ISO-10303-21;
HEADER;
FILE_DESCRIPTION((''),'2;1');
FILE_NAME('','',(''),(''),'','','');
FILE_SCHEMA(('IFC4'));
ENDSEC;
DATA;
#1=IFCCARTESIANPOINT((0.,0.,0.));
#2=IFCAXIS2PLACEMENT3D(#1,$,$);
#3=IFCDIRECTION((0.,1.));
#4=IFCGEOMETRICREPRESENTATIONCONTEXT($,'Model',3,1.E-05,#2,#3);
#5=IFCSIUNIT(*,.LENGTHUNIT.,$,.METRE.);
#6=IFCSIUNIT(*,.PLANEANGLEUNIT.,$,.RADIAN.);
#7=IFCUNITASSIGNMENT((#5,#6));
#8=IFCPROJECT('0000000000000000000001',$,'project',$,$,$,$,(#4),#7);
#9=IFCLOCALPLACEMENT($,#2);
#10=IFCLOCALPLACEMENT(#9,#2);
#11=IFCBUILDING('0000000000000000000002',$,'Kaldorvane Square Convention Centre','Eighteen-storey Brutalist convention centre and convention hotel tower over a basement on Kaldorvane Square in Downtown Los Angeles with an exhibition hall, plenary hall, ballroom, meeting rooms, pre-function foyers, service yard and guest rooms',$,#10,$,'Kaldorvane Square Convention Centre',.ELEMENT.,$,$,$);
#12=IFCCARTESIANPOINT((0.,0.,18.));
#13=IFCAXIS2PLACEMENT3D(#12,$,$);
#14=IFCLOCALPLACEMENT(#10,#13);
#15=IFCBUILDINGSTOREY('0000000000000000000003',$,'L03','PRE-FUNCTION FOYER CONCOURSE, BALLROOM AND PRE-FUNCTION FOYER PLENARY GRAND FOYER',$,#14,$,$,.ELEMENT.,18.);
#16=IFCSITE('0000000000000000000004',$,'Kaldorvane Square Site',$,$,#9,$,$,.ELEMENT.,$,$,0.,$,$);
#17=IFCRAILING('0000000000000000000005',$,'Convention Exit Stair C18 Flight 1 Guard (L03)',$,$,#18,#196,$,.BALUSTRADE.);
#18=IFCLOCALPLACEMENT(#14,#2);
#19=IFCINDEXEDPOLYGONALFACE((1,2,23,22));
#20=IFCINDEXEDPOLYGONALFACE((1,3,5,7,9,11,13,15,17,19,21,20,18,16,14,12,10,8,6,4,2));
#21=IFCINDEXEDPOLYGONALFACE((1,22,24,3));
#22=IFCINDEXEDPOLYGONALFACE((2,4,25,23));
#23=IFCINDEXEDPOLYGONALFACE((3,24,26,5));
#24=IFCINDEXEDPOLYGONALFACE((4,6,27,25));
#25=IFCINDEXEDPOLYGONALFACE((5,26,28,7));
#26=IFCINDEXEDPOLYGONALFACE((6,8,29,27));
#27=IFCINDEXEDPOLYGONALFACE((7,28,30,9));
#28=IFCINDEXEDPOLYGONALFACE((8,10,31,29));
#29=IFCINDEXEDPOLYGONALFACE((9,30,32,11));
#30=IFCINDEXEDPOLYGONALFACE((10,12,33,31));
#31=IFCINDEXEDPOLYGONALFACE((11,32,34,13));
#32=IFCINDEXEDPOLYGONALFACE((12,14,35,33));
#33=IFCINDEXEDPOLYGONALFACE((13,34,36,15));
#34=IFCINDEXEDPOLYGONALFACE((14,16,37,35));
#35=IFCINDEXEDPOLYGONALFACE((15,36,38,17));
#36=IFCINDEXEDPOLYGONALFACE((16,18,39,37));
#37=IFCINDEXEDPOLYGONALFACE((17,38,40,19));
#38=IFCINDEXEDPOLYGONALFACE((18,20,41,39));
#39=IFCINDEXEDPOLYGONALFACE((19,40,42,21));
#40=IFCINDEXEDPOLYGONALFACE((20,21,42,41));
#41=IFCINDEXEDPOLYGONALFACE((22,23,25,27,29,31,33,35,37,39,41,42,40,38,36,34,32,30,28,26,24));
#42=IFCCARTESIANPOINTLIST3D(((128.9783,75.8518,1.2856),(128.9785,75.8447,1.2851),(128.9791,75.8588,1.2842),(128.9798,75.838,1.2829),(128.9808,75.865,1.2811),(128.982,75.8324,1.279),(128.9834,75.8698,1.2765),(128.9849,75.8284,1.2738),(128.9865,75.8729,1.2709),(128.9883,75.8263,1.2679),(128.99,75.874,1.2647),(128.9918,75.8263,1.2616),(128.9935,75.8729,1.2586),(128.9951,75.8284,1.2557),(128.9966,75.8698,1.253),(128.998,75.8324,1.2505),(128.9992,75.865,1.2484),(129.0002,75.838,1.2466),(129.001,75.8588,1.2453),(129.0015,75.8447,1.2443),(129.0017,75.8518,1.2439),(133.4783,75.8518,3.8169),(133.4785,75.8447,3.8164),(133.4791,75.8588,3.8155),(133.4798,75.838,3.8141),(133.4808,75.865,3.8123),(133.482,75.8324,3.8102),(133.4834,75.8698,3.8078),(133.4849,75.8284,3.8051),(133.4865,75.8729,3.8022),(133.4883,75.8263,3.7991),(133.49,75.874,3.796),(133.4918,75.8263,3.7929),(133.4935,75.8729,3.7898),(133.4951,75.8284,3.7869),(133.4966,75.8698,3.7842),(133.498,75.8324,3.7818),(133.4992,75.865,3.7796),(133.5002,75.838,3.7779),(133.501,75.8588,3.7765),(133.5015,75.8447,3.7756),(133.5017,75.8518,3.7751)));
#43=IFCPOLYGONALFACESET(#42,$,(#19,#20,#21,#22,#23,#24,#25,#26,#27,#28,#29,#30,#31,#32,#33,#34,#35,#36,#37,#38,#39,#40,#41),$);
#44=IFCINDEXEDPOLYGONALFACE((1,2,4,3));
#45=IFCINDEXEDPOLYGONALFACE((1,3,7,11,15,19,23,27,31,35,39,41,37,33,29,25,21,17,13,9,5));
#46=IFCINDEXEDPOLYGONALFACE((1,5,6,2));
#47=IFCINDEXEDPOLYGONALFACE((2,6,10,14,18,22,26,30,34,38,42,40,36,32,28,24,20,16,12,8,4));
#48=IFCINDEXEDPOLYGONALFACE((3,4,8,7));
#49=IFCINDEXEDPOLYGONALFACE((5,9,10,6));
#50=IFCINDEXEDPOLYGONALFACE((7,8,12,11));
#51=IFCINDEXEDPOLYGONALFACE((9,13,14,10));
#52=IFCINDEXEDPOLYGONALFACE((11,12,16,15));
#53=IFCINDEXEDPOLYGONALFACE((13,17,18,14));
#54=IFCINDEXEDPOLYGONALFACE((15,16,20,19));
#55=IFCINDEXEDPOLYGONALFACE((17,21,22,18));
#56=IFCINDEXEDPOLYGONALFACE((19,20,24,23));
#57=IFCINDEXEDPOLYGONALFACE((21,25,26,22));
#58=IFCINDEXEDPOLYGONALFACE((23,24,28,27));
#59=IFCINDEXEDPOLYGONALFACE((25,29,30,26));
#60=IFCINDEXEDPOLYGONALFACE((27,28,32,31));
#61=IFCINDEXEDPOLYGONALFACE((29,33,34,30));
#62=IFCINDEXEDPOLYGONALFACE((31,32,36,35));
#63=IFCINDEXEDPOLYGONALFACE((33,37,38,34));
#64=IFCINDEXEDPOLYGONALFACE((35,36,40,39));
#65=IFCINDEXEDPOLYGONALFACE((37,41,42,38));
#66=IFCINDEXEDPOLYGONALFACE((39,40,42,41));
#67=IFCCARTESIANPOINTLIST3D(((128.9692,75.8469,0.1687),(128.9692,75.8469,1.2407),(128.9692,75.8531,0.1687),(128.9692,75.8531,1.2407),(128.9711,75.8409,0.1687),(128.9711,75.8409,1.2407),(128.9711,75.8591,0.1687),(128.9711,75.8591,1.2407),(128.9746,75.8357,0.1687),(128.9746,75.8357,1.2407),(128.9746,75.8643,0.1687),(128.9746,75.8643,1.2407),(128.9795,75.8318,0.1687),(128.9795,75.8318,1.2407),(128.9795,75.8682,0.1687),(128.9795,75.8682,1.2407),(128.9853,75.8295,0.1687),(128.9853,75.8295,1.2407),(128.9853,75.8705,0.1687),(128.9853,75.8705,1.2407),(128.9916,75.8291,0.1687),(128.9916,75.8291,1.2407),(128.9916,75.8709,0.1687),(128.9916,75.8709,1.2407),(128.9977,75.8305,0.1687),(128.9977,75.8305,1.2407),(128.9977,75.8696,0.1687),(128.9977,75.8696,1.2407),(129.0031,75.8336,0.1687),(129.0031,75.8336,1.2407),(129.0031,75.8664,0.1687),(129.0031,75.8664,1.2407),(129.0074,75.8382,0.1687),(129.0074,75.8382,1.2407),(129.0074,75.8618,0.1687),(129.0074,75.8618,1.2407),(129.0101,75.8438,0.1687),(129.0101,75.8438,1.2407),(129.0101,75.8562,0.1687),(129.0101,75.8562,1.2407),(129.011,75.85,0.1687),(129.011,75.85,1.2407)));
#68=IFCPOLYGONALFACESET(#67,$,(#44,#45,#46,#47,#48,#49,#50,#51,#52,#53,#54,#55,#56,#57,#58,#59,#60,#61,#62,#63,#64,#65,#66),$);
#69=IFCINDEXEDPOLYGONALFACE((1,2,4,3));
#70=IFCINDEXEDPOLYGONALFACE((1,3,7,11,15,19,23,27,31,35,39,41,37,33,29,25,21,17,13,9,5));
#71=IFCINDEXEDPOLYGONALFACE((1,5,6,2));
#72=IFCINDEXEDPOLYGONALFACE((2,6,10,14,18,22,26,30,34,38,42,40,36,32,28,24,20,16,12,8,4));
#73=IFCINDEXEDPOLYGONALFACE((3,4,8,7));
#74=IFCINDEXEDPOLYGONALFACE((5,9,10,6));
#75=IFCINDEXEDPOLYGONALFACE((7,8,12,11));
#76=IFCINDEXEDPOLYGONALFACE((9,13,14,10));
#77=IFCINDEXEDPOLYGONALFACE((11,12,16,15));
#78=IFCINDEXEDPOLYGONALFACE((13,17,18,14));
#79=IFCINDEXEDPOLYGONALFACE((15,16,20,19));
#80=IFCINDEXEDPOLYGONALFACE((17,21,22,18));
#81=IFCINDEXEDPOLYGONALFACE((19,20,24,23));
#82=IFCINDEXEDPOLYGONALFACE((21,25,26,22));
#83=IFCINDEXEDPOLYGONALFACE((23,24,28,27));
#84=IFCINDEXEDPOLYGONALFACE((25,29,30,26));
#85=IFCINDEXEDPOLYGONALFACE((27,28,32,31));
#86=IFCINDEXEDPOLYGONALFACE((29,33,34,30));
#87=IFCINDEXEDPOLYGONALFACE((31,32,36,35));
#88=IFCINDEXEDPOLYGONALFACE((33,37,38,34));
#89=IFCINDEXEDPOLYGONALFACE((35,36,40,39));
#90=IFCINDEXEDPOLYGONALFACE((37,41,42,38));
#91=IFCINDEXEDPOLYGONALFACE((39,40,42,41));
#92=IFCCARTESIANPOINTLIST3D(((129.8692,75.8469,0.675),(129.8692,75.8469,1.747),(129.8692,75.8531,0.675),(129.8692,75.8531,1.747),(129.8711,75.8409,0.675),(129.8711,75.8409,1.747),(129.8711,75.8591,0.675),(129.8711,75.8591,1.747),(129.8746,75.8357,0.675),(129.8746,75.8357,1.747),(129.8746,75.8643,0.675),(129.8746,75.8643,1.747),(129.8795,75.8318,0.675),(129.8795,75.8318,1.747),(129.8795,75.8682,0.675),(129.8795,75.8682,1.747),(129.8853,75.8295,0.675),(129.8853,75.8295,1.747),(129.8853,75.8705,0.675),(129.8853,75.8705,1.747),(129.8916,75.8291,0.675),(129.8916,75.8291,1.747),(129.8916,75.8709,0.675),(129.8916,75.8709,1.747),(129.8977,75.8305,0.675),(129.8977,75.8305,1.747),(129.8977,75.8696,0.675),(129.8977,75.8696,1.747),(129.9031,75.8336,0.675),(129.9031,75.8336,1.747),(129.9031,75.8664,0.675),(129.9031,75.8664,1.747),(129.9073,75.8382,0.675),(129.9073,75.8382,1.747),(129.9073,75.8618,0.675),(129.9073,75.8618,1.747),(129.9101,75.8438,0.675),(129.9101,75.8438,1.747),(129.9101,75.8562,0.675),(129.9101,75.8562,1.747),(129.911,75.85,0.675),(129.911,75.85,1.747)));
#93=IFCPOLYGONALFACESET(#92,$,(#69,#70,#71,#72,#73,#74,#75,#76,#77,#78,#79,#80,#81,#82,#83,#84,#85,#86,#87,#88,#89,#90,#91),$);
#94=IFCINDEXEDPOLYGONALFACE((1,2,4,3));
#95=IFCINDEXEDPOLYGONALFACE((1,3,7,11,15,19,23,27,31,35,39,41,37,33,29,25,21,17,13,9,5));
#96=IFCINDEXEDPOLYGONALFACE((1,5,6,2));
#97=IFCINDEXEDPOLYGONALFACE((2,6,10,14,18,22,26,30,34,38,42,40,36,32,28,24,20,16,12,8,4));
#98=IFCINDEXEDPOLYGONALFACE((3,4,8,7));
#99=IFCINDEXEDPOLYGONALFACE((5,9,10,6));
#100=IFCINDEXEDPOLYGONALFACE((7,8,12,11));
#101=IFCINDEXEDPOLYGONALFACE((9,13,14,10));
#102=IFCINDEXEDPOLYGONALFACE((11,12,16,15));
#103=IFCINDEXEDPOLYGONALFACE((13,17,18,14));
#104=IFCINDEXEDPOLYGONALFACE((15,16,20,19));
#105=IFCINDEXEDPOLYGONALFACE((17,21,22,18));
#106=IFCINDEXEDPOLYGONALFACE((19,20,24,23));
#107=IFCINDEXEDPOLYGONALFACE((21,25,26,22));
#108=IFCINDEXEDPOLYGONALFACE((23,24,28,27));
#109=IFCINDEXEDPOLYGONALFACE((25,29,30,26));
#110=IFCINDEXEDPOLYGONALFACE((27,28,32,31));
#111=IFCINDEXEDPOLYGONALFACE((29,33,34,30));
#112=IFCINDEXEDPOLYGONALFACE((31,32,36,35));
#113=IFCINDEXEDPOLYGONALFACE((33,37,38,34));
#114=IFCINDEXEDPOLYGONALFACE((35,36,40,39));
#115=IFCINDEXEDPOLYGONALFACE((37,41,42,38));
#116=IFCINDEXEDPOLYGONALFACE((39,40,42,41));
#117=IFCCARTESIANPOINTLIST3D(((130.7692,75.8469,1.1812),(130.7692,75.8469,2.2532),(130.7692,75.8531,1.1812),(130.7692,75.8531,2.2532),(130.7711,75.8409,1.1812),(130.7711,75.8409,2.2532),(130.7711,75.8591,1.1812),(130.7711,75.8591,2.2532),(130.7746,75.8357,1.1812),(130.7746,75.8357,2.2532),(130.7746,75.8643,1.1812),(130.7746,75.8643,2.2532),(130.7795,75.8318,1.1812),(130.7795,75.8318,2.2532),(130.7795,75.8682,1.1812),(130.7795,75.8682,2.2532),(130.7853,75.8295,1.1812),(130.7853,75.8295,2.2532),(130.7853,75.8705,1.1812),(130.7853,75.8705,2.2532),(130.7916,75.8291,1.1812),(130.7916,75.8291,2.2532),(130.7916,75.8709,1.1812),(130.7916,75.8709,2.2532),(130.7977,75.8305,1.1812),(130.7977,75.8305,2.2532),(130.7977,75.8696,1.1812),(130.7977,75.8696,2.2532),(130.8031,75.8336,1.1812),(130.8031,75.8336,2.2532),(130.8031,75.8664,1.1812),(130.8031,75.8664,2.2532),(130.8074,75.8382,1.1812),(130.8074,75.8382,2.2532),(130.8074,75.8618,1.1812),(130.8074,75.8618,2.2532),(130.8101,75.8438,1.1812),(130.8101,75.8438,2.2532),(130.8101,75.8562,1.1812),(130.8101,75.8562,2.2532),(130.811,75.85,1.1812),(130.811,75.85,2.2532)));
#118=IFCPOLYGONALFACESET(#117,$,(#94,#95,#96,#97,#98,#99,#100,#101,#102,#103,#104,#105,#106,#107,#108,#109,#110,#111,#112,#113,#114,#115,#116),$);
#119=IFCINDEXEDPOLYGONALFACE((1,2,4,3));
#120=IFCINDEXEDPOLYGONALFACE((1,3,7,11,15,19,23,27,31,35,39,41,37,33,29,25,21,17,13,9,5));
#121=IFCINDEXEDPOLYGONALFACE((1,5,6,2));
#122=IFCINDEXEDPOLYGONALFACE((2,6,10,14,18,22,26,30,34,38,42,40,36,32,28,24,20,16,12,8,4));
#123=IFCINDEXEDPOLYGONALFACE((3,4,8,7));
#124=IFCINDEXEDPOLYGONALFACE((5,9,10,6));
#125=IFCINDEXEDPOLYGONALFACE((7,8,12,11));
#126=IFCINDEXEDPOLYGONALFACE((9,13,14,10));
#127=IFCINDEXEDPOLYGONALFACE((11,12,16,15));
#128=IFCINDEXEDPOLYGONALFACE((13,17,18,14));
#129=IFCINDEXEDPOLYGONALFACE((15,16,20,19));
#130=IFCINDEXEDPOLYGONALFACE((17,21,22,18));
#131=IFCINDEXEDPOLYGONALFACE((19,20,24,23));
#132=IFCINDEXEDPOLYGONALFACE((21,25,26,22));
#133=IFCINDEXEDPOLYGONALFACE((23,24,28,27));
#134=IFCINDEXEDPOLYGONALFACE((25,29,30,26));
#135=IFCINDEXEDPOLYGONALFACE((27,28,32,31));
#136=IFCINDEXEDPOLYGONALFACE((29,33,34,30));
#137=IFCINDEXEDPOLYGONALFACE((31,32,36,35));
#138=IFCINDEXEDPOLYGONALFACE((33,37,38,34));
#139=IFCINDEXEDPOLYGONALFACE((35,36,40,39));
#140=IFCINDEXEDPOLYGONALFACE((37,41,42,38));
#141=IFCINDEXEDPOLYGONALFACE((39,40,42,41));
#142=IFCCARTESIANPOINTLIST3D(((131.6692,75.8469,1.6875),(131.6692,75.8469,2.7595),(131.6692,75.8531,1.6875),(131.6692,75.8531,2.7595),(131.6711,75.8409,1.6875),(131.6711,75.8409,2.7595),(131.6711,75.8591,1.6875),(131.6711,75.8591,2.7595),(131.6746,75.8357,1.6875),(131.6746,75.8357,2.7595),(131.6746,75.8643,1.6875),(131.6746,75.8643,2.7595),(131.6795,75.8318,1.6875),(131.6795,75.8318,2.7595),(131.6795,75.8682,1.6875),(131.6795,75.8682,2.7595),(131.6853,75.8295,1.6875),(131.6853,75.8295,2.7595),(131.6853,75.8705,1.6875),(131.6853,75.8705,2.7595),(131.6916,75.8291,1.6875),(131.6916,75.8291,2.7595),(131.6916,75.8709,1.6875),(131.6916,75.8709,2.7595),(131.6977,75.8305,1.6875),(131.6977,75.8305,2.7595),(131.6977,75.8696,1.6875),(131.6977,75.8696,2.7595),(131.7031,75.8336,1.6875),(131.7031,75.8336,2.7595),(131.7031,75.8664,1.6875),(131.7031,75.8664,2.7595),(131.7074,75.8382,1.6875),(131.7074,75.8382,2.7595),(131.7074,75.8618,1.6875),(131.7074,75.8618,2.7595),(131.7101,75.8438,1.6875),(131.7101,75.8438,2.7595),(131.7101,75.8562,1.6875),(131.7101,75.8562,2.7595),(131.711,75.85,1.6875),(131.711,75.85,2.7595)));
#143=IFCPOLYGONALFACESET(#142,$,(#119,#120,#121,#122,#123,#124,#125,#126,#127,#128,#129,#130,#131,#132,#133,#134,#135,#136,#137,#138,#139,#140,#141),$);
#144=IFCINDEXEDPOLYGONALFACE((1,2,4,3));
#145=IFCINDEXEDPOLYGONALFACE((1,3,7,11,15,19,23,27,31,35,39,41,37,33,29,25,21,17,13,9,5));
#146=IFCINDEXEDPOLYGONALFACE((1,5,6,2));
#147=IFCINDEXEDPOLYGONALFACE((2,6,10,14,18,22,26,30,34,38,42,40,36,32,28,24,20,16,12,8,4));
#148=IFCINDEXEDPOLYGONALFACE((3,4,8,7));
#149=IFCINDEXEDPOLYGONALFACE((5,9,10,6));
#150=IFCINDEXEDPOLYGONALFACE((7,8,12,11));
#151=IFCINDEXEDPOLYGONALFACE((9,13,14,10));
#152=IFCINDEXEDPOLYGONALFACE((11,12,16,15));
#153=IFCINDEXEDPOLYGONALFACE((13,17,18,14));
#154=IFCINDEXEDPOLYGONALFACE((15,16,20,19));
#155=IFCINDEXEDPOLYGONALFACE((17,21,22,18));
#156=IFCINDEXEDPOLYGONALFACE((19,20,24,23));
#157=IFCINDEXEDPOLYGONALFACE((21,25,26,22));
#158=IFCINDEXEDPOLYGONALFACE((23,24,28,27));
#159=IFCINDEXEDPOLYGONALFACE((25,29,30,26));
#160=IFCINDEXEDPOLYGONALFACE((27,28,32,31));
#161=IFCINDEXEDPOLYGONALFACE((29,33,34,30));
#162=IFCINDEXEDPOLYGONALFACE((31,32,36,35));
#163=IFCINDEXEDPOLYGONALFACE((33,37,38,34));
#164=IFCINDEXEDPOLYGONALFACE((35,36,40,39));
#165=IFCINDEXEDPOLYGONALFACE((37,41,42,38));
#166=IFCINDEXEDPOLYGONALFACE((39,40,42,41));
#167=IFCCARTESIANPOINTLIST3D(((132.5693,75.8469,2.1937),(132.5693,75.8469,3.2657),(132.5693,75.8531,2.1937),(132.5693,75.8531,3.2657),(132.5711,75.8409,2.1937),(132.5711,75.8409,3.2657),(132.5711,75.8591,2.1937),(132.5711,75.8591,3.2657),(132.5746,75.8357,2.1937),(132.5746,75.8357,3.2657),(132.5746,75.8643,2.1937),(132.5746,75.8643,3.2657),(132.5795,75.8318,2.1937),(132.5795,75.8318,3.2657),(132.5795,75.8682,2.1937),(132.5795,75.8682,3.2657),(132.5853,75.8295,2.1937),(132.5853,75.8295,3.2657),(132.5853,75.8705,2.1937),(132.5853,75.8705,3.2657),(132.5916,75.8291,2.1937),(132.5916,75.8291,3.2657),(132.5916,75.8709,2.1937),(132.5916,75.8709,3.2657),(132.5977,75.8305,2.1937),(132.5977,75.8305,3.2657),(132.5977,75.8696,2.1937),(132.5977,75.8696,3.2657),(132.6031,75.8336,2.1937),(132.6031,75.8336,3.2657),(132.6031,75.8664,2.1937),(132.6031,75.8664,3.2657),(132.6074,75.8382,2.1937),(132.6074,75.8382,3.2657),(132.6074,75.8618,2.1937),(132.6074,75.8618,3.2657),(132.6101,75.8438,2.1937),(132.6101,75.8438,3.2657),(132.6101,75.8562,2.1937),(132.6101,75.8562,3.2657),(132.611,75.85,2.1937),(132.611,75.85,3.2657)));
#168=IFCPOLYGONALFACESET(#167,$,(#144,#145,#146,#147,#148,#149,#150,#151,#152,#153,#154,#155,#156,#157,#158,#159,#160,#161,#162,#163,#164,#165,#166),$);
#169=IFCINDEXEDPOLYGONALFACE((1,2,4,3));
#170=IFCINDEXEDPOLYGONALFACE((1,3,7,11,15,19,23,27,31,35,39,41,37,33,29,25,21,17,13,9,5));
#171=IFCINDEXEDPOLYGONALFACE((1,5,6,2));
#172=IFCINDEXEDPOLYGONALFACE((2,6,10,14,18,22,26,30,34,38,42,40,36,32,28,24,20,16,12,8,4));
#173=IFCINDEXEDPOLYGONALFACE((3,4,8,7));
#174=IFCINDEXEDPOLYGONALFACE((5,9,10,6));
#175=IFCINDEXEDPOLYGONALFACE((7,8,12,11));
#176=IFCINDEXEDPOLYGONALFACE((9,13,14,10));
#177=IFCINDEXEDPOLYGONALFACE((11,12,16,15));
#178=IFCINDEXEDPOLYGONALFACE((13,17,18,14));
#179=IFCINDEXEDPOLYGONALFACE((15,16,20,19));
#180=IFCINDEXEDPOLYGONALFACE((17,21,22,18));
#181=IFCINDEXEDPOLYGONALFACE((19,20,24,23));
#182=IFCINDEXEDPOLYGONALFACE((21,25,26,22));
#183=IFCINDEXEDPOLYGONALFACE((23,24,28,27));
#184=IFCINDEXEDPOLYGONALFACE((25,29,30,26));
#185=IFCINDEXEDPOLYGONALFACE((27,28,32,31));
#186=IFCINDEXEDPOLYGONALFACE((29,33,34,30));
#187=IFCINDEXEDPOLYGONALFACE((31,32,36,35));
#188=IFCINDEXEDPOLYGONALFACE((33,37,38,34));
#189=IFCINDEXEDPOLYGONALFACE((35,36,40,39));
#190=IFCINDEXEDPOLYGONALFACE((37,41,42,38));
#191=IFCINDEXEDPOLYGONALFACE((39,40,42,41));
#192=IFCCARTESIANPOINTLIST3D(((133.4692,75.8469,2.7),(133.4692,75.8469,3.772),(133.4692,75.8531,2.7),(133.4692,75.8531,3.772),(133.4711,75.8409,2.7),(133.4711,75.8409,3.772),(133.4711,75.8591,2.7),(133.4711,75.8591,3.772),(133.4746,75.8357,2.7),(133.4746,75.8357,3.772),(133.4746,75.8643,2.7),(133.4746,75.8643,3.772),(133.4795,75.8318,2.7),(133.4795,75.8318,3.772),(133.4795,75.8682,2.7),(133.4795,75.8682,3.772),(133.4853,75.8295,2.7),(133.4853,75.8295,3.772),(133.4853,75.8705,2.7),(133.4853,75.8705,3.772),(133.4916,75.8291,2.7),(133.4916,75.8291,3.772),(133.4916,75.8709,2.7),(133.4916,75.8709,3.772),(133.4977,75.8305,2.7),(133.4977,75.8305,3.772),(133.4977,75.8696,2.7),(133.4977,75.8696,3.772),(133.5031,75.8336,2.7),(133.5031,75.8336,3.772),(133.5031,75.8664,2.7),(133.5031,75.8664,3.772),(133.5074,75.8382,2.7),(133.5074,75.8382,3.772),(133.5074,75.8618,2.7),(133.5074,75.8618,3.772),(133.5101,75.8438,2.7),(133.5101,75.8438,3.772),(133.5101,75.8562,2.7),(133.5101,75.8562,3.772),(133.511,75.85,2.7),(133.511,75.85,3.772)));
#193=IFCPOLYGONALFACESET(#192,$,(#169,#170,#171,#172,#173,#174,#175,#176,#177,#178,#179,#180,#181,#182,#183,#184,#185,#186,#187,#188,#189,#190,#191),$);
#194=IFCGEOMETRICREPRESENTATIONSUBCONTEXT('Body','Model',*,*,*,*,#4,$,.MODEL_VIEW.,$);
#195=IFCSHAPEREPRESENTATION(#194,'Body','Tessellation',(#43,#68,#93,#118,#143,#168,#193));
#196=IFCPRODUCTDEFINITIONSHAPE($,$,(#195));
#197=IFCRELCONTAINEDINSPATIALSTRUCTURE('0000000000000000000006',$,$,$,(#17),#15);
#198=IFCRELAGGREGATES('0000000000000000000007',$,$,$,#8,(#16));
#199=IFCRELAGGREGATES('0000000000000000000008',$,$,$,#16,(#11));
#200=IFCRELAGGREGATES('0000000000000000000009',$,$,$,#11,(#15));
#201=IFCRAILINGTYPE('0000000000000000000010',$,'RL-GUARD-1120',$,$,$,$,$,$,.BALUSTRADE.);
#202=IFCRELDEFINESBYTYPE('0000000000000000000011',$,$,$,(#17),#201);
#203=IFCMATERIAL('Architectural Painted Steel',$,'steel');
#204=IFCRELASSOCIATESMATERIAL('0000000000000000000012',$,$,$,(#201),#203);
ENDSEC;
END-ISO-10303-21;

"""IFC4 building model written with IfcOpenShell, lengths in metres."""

from ifc_helpers import new_model, si_unit, direction, frame, origin, origin_2d, place, context, subcontext, project, spatial, circle, extrude, material, type_object, element, save


model = new_model("IFC4")

# Units and contexts
model_context = context("Model", 3, precision=1e-05, world=origin(), true_north=direction((0.0, 1.0)))
body_context = subcontext(model_context, "Body", "Model", "MODEL_VIEW")
ifc_project = project(units=[si_unit("LENGTHUNIT", "METRE"), si_unit("PLANEANGLEUNIT", "RADIAN")], contexts=[model_context])

# Site, building, storey
site_placement = place(None, origin())
site = spatial("IfcSite", under=ifc_project, at=site_placement, Name="Kaldorvane Square Site", CompositionType="ELEMENT", RefElevation=0.0)
building_placement = place(site_placement, origin())
building = spatial("IfcBuilding", under=site, at=building_placement, Name="Kaldorvane Square Convention Centre", Description="Eighteen-storey Brutalist convention centre and convention hotel tower over a basement on Kaldorvane Square in Downtown Los Angeles with an exhibition hall, plenary hall, ballroom, meeting rooms, pre-function foyers, service yard and guest rooms", LongName="Kaldorvane Square Convention Centre", CompositionType="ELEMENT")
storey_placement = place(building_placement, frame((0.0, 0.0, 18.0)))
storey = spatial("IfcBuildingStorey", under=building, at=storey_placement, Name="L03", Description="PRE-FUNCTION FOYER CONCOURSE, BALLROOM AND PRE-FUNCTION FOYER PLENARY GRAND FOYER", CompositionType="ELEMENT", Elevation=18.0)

# Railing
ifc_material_1 = material(Name="Architectural Painted Steel", Category="steel")
railing_type_1 = type_object("IfcRailingType", Name="RL-GUARD-1120", PredefinedType="BALUSTRADE", material=ifc_material_1)
railing_1_placement = place(storey_placement, frame((128.99, 75.85, 0.1687)))
element("IfcRailing", 1, at=railing_1_placement, inside=storey, type_object=railing_type_1, Name="Convention Exit Stair C18 Flight 1 Guard (L03)", PredefinedType="BALUSTRADE", context=body_context, shape_type="SweptSolid", body=[
    extrude(circle(Radius=0.024, at=origin_2d()), frame((0.0, 0.0, 1.096), z_axis=(0.871576, 0.0, 0.490261), x_axis=(0.0, 1.0, 0.0)), (0.0, 0.0, 1.0), 5.1631),
    extrude(circle(Radius=0.021, at=origin_2d()), origin(), (0.0, 0.0, 1.0), 1.072),
    extrude(circle(Radius=0.021, at=origin_2d()), frame((0.9, 0.0, 0.5063)), (0.0, 0.0, 1.0), 1.072),
    extrude(circle(Radius=0.021, at=origin_2d()), frame((1.8, 0.0, 1.0125)), (0.0, 0.0, 1.0), 1.072),
    extrude(circle(Radius=0.021, at=origin_2d()), frame((2.7, 0.0, 1.5188)), (0.0, 0.0, 1.0), 1.072),
    extrude(circle(Radius=0.021, at=origin_2d()), frame((3.6, 0.0, 2.025)), (0.0, 0.0, 1.0), 1.072),
    extrude(circle(Radius=0.021, at=origin_2d()), frame((4.5, 0.0, 2.5312)), (0.0, 0.0, 1.0), 1.072),
])

save(model, "model.ifc")
